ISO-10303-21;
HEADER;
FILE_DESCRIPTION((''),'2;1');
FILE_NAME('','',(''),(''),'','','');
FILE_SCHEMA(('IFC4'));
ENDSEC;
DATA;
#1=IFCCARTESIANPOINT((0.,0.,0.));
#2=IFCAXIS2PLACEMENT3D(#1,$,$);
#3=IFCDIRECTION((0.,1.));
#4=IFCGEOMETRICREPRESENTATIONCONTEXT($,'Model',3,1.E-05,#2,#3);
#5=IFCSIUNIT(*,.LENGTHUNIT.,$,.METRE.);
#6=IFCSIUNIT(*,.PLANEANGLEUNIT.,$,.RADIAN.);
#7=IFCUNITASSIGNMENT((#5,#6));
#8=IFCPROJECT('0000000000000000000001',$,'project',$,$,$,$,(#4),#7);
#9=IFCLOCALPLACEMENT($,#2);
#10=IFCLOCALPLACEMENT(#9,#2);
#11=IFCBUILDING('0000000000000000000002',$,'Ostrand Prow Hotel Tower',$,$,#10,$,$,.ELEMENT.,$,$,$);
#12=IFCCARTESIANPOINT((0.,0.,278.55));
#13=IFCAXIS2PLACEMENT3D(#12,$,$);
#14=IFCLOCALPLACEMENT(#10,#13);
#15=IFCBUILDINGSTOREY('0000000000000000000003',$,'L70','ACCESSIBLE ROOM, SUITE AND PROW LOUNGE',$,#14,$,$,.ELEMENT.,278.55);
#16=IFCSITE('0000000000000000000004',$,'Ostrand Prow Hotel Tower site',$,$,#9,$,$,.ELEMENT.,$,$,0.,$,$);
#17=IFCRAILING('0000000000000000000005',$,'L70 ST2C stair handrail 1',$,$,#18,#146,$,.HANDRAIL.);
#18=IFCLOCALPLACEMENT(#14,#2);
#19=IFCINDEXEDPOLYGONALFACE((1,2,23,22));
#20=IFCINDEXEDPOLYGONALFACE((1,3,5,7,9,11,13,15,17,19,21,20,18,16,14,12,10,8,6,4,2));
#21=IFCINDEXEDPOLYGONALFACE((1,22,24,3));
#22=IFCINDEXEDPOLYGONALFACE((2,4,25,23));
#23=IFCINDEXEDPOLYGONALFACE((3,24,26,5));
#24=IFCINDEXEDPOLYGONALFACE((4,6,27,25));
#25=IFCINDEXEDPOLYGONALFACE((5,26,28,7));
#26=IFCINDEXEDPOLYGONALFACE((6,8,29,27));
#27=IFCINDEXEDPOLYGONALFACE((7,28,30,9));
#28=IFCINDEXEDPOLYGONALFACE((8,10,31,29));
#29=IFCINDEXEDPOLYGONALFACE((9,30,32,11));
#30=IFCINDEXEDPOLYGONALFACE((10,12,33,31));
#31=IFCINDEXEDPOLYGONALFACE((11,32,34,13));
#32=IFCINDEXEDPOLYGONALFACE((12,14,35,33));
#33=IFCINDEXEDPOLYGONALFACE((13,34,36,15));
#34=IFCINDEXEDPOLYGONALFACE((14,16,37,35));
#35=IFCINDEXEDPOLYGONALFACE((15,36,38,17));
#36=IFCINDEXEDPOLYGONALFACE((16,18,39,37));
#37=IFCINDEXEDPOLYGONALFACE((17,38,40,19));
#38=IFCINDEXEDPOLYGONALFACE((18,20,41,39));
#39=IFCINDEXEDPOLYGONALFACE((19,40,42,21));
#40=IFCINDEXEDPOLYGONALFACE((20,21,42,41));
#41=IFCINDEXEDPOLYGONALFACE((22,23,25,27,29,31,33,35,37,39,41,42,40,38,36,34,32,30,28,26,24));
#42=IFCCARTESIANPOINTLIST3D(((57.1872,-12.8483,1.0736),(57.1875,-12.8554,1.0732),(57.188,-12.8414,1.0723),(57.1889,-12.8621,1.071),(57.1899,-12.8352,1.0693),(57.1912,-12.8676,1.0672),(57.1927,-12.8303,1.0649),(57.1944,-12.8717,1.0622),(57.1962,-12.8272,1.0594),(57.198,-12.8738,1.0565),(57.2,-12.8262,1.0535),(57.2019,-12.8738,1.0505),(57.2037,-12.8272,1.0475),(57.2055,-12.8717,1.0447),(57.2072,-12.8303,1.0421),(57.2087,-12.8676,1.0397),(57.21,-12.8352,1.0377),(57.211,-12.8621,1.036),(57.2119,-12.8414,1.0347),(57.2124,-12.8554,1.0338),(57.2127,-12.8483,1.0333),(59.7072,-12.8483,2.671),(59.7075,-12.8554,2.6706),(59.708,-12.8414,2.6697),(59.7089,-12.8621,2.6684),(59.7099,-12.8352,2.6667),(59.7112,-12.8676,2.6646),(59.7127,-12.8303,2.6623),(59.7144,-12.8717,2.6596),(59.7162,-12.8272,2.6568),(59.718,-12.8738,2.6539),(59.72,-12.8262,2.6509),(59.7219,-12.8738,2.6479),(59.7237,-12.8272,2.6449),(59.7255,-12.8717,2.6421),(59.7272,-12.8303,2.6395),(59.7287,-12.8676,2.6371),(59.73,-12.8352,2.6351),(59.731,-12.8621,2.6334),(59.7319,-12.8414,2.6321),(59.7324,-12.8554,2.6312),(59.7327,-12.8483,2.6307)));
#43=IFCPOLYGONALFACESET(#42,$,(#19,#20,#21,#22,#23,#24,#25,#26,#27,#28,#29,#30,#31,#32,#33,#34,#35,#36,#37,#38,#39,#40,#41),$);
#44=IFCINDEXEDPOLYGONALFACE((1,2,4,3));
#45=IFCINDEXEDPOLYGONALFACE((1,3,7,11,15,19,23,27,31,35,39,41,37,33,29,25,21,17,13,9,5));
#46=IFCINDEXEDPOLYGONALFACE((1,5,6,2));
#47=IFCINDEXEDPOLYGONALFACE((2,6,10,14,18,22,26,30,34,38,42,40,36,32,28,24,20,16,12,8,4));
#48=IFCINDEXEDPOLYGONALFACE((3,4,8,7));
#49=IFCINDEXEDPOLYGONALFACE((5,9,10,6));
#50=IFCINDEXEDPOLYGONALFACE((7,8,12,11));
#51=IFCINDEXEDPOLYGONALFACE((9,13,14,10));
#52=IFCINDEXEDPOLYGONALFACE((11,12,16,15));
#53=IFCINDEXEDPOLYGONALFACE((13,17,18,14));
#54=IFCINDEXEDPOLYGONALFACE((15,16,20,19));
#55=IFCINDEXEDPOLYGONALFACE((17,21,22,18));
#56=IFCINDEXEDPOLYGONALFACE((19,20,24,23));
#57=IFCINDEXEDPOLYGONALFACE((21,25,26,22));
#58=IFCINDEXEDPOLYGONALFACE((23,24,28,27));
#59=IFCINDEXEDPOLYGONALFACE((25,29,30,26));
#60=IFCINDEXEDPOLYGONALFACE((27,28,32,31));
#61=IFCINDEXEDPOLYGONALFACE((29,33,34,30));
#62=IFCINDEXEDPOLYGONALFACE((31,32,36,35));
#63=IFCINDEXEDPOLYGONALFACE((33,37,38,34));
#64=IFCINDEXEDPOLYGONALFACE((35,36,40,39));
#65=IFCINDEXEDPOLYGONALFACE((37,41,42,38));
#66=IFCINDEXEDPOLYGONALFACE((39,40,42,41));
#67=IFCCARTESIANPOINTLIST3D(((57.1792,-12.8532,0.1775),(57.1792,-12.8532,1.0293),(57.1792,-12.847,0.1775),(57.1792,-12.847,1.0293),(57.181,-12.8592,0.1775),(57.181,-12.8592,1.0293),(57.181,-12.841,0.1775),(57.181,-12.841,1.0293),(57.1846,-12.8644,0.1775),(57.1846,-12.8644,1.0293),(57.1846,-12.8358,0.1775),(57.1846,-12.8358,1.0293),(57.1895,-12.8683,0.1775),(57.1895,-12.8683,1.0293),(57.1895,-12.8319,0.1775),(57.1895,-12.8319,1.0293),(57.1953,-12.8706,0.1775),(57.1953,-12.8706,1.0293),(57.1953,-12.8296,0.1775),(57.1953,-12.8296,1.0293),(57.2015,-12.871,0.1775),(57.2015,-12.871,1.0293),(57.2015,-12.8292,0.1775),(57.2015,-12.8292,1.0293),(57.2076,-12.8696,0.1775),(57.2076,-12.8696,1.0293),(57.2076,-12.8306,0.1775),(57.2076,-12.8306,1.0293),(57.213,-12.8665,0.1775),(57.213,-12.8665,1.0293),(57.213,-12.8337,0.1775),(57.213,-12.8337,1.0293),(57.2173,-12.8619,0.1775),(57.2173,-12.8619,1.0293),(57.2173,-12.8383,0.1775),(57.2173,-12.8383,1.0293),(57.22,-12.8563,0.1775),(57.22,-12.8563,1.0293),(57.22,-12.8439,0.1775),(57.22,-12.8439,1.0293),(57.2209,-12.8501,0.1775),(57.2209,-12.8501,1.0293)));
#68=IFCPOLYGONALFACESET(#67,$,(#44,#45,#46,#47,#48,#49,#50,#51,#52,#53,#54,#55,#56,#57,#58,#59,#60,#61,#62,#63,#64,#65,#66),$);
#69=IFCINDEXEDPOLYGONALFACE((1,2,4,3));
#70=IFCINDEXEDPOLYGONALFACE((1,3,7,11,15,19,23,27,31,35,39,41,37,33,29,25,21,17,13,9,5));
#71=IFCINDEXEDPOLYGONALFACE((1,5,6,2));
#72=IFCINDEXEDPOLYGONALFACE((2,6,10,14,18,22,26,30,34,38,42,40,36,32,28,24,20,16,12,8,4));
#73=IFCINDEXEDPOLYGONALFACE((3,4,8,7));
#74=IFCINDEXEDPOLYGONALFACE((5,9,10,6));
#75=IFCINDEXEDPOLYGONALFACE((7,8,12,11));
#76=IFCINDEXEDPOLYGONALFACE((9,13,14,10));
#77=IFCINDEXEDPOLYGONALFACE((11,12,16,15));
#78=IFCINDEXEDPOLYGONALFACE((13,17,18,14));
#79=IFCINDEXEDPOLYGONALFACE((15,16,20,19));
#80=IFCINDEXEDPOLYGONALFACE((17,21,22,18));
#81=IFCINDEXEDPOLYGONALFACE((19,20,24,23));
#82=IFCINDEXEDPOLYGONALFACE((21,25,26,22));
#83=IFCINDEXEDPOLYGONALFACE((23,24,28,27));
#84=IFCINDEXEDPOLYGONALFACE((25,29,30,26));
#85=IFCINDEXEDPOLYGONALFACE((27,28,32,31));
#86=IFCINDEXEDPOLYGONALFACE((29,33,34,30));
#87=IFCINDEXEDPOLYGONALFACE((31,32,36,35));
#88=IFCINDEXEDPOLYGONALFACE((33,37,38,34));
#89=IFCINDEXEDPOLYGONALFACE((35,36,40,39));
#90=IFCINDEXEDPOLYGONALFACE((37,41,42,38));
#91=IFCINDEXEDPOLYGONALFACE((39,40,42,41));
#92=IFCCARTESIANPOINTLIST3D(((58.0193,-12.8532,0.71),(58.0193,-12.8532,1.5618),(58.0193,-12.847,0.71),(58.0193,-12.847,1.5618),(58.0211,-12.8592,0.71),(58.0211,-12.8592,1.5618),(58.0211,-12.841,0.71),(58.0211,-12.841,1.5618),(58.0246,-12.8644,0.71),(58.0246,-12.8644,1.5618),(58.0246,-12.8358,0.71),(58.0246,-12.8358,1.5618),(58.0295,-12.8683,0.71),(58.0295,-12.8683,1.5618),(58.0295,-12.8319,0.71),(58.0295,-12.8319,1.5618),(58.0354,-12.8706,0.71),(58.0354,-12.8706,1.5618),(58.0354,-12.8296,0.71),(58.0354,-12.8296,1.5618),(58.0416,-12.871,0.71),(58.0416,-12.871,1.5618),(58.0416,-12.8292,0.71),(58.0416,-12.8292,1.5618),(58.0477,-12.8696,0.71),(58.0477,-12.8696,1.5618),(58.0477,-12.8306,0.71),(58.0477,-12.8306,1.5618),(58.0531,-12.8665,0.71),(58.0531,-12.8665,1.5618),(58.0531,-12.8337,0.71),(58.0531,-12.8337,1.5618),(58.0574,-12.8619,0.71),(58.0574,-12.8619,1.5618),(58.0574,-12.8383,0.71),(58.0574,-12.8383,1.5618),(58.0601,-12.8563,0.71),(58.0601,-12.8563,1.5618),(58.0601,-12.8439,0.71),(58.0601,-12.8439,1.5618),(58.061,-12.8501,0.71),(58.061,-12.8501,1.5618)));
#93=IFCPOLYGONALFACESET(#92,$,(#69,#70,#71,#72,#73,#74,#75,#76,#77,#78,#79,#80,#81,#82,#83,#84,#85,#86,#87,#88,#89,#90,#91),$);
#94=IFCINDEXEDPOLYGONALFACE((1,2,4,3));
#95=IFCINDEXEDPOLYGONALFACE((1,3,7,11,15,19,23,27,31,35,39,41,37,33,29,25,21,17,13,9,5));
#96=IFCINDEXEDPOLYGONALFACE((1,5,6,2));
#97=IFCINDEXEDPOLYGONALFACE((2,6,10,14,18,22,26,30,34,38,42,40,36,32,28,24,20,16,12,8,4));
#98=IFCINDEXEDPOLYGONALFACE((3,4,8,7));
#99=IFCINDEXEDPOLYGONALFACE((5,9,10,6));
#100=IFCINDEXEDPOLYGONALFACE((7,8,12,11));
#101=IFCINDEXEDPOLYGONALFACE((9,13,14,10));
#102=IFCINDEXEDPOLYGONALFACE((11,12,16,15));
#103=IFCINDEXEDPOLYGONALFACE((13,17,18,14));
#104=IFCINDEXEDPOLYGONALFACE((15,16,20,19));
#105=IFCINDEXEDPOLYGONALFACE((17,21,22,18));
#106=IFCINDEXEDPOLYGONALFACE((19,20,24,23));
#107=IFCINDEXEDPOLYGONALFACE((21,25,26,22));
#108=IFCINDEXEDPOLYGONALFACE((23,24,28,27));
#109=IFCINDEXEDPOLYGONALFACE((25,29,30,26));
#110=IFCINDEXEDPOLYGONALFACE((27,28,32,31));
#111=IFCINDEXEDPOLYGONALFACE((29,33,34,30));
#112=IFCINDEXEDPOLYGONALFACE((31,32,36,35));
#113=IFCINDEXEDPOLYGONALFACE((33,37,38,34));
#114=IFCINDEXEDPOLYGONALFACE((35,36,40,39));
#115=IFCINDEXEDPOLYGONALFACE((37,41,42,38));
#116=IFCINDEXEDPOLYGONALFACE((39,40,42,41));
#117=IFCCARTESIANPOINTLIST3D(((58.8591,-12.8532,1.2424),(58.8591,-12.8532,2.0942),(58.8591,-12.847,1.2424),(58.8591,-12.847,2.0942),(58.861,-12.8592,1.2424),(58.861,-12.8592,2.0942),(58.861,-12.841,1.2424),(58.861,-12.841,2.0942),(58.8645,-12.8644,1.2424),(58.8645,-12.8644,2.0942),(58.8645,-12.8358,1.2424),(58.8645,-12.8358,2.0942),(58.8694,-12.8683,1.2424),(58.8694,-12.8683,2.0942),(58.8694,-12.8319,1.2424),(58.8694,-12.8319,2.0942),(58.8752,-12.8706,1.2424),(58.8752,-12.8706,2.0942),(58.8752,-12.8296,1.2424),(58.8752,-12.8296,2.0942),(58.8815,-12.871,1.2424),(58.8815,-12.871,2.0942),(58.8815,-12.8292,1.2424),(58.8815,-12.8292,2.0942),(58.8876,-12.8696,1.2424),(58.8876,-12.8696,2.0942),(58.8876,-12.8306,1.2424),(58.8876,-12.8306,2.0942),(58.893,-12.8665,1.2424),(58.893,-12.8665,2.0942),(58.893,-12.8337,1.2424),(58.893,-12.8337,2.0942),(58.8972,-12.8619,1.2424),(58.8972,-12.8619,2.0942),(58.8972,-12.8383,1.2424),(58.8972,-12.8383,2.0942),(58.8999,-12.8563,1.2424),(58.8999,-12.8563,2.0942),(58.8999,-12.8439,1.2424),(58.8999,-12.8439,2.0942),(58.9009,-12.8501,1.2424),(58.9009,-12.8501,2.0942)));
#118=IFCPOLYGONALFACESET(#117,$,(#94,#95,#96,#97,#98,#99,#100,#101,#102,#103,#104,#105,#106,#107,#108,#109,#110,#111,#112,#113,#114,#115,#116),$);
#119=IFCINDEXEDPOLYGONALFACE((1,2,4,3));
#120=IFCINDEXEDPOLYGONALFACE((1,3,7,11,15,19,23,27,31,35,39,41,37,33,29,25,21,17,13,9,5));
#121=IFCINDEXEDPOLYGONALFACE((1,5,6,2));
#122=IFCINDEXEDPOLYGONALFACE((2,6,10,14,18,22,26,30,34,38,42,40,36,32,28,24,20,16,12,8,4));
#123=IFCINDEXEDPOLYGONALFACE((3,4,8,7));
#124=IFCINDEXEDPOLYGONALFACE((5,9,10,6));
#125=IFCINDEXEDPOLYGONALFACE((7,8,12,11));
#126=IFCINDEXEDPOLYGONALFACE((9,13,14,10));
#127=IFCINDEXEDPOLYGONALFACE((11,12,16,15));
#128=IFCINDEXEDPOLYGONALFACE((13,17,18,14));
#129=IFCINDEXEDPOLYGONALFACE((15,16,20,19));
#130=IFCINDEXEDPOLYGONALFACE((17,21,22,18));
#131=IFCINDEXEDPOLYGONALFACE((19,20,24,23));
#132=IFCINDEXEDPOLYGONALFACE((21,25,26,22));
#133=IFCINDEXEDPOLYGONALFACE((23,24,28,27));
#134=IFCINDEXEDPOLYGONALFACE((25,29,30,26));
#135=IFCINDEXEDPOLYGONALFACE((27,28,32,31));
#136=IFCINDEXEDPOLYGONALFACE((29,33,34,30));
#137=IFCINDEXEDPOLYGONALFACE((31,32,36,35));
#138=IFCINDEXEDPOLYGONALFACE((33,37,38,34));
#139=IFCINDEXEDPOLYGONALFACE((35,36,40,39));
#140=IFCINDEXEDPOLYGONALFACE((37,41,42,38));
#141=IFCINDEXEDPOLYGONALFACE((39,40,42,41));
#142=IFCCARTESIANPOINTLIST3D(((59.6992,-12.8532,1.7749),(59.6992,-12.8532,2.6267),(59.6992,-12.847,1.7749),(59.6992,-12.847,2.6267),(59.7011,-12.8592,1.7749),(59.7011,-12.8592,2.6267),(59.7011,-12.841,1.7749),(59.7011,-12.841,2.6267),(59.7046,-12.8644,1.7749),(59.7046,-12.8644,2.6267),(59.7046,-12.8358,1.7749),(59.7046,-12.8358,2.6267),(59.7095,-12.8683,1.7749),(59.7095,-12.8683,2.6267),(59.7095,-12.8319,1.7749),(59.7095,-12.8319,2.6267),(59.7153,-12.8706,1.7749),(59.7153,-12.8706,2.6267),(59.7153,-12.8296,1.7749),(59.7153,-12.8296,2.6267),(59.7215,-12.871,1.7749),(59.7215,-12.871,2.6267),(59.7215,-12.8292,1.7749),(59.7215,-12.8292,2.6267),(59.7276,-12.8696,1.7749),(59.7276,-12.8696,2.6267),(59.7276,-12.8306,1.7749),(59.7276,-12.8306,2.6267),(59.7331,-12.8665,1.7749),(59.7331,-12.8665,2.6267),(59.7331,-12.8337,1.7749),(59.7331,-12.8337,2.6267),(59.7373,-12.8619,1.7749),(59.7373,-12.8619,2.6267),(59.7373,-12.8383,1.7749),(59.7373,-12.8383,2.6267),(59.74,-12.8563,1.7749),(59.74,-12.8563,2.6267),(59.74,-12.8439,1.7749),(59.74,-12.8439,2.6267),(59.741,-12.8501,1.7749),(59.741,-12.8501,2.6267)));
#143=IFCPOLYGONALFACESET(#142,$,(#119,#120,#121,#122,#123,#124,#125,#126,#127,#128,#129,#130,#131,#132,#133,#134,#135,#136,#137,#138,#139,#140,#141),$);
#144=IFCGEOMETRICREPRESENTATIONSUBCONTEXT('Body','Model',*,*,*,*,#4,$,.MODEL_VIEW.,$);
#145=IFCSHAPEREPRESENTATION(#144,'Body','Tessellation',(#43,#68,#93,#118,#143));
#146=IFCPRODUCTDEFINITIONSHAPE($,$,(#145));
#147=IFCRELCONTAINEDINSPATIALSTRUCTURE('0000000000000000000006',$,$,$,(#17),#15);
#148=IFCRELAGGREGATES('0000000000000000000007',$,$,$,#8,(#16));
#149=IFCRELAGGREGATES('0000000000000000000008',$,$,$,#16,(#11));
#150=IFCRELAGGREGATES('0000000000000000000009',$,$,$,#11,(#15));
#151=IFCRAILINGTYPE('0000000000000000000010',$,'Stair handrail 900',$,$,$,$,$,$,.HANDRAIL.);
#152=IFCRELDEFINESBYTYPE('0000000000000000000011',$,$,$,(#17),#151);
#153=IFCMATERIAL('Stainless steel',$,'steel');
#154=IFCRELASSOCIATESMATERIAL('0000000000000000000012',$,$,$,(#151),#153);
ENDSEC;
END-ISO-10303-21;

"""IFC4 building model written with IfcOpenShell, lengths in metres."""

from ifc_helpers import new_model, si_unit, direction, frame, origin, origin_2d, place, context, subcontext, project, spatial, circle, extrude, material, type_object, element, save


model = new_model("IFC4")

# Units and contexts
model_context = context("Model", 3, precision=1e-05, world=origin(), true_north=direction((0.0, 1.0)))
body_context = subcontext(model_context, "Body", "Model", "MODEL_VIEW")
ifc_project = project(units=[si_unit("LENGTHUNIT", "METRE"), si_unit("PLANEANGLEUNIT", "RADIAN")], contexts=[model_context])

# Site, building, storey
site_placement = place(None, origin())
site = spatial("IfcSite", under=ifc_project, at=site_placement, Name="Ostrand Prow Hotel Tower site", CompositionType="ELEMENT", RefElevation=0.0)
building_placement = place(site_placement, origin())
building = spatial("IfcBuilding", under=site, at=building_placement, Name="Ostrand Prow Hotel Tower", CompositionType="ELEMENT")
storey_placement = place(building_placement, frame((0.0, 0.0, 278.55)))
storey = spatial("IfcBuildingStorey", under=building, at=storey_placement, Name="L70", Description="ACCESSIBLE ROOM, SUITE AND PROW LOUNGE", CompositionType="ELEMENT", Elevation=278.55)

# Railing
ifc_material_1 = material(Name="Stainless steel", Category="steel")
railing_type_1 = type_object("IfcRailingType", Name="Stair handrail 900", PredefinedType="HANDRAIL", material=ifc_material_1)
railing_1_placement = place(storey_placement, frame((57.2, -12.8501, 0.1775)))
element("IfcRailing", 1, at=railing_1_placement, inside=storey, type_object=railing_type_1, Name="L70 ST2C stair handrail 1", PredefinedType="HANDRAIL", context=body_context, shape_type="SweptSolid", body=[
    extrude(circle(Radius=0.0239, at=origin_2d()), frame((0.0, 0.0, 0.876), z_axis=(0.844607, 0.0, 0.535387), x_axis=(0.0, 1.0, 0.0)), (0.0, 0.0, 1.0), 2.9836),
    extrude(circle(Radius=0.021, at=origin_2d()), origin(), (0.0, 0.0, 1.0), 0.8518),
    extrude(circle(Radius=0.021, at=origin_2d()), frame((0.8401, 0.0, 0.5325)), (0.0, 0.0, 1.0), 0.8518),
    extrude(circle(Radius=0.021, at=origin_2d()), frame((1.6799, 0.0, 1.0649)), (0.0, 0.0, 1.0), 0.8518),
    extrude(circle(Radius=0.021, at=origin_2d()), frame((2.52, 0.0, 1.5974)), (0.0, 0.0, 1.0), 0.8518),
])

save(model, "model.ifc")
